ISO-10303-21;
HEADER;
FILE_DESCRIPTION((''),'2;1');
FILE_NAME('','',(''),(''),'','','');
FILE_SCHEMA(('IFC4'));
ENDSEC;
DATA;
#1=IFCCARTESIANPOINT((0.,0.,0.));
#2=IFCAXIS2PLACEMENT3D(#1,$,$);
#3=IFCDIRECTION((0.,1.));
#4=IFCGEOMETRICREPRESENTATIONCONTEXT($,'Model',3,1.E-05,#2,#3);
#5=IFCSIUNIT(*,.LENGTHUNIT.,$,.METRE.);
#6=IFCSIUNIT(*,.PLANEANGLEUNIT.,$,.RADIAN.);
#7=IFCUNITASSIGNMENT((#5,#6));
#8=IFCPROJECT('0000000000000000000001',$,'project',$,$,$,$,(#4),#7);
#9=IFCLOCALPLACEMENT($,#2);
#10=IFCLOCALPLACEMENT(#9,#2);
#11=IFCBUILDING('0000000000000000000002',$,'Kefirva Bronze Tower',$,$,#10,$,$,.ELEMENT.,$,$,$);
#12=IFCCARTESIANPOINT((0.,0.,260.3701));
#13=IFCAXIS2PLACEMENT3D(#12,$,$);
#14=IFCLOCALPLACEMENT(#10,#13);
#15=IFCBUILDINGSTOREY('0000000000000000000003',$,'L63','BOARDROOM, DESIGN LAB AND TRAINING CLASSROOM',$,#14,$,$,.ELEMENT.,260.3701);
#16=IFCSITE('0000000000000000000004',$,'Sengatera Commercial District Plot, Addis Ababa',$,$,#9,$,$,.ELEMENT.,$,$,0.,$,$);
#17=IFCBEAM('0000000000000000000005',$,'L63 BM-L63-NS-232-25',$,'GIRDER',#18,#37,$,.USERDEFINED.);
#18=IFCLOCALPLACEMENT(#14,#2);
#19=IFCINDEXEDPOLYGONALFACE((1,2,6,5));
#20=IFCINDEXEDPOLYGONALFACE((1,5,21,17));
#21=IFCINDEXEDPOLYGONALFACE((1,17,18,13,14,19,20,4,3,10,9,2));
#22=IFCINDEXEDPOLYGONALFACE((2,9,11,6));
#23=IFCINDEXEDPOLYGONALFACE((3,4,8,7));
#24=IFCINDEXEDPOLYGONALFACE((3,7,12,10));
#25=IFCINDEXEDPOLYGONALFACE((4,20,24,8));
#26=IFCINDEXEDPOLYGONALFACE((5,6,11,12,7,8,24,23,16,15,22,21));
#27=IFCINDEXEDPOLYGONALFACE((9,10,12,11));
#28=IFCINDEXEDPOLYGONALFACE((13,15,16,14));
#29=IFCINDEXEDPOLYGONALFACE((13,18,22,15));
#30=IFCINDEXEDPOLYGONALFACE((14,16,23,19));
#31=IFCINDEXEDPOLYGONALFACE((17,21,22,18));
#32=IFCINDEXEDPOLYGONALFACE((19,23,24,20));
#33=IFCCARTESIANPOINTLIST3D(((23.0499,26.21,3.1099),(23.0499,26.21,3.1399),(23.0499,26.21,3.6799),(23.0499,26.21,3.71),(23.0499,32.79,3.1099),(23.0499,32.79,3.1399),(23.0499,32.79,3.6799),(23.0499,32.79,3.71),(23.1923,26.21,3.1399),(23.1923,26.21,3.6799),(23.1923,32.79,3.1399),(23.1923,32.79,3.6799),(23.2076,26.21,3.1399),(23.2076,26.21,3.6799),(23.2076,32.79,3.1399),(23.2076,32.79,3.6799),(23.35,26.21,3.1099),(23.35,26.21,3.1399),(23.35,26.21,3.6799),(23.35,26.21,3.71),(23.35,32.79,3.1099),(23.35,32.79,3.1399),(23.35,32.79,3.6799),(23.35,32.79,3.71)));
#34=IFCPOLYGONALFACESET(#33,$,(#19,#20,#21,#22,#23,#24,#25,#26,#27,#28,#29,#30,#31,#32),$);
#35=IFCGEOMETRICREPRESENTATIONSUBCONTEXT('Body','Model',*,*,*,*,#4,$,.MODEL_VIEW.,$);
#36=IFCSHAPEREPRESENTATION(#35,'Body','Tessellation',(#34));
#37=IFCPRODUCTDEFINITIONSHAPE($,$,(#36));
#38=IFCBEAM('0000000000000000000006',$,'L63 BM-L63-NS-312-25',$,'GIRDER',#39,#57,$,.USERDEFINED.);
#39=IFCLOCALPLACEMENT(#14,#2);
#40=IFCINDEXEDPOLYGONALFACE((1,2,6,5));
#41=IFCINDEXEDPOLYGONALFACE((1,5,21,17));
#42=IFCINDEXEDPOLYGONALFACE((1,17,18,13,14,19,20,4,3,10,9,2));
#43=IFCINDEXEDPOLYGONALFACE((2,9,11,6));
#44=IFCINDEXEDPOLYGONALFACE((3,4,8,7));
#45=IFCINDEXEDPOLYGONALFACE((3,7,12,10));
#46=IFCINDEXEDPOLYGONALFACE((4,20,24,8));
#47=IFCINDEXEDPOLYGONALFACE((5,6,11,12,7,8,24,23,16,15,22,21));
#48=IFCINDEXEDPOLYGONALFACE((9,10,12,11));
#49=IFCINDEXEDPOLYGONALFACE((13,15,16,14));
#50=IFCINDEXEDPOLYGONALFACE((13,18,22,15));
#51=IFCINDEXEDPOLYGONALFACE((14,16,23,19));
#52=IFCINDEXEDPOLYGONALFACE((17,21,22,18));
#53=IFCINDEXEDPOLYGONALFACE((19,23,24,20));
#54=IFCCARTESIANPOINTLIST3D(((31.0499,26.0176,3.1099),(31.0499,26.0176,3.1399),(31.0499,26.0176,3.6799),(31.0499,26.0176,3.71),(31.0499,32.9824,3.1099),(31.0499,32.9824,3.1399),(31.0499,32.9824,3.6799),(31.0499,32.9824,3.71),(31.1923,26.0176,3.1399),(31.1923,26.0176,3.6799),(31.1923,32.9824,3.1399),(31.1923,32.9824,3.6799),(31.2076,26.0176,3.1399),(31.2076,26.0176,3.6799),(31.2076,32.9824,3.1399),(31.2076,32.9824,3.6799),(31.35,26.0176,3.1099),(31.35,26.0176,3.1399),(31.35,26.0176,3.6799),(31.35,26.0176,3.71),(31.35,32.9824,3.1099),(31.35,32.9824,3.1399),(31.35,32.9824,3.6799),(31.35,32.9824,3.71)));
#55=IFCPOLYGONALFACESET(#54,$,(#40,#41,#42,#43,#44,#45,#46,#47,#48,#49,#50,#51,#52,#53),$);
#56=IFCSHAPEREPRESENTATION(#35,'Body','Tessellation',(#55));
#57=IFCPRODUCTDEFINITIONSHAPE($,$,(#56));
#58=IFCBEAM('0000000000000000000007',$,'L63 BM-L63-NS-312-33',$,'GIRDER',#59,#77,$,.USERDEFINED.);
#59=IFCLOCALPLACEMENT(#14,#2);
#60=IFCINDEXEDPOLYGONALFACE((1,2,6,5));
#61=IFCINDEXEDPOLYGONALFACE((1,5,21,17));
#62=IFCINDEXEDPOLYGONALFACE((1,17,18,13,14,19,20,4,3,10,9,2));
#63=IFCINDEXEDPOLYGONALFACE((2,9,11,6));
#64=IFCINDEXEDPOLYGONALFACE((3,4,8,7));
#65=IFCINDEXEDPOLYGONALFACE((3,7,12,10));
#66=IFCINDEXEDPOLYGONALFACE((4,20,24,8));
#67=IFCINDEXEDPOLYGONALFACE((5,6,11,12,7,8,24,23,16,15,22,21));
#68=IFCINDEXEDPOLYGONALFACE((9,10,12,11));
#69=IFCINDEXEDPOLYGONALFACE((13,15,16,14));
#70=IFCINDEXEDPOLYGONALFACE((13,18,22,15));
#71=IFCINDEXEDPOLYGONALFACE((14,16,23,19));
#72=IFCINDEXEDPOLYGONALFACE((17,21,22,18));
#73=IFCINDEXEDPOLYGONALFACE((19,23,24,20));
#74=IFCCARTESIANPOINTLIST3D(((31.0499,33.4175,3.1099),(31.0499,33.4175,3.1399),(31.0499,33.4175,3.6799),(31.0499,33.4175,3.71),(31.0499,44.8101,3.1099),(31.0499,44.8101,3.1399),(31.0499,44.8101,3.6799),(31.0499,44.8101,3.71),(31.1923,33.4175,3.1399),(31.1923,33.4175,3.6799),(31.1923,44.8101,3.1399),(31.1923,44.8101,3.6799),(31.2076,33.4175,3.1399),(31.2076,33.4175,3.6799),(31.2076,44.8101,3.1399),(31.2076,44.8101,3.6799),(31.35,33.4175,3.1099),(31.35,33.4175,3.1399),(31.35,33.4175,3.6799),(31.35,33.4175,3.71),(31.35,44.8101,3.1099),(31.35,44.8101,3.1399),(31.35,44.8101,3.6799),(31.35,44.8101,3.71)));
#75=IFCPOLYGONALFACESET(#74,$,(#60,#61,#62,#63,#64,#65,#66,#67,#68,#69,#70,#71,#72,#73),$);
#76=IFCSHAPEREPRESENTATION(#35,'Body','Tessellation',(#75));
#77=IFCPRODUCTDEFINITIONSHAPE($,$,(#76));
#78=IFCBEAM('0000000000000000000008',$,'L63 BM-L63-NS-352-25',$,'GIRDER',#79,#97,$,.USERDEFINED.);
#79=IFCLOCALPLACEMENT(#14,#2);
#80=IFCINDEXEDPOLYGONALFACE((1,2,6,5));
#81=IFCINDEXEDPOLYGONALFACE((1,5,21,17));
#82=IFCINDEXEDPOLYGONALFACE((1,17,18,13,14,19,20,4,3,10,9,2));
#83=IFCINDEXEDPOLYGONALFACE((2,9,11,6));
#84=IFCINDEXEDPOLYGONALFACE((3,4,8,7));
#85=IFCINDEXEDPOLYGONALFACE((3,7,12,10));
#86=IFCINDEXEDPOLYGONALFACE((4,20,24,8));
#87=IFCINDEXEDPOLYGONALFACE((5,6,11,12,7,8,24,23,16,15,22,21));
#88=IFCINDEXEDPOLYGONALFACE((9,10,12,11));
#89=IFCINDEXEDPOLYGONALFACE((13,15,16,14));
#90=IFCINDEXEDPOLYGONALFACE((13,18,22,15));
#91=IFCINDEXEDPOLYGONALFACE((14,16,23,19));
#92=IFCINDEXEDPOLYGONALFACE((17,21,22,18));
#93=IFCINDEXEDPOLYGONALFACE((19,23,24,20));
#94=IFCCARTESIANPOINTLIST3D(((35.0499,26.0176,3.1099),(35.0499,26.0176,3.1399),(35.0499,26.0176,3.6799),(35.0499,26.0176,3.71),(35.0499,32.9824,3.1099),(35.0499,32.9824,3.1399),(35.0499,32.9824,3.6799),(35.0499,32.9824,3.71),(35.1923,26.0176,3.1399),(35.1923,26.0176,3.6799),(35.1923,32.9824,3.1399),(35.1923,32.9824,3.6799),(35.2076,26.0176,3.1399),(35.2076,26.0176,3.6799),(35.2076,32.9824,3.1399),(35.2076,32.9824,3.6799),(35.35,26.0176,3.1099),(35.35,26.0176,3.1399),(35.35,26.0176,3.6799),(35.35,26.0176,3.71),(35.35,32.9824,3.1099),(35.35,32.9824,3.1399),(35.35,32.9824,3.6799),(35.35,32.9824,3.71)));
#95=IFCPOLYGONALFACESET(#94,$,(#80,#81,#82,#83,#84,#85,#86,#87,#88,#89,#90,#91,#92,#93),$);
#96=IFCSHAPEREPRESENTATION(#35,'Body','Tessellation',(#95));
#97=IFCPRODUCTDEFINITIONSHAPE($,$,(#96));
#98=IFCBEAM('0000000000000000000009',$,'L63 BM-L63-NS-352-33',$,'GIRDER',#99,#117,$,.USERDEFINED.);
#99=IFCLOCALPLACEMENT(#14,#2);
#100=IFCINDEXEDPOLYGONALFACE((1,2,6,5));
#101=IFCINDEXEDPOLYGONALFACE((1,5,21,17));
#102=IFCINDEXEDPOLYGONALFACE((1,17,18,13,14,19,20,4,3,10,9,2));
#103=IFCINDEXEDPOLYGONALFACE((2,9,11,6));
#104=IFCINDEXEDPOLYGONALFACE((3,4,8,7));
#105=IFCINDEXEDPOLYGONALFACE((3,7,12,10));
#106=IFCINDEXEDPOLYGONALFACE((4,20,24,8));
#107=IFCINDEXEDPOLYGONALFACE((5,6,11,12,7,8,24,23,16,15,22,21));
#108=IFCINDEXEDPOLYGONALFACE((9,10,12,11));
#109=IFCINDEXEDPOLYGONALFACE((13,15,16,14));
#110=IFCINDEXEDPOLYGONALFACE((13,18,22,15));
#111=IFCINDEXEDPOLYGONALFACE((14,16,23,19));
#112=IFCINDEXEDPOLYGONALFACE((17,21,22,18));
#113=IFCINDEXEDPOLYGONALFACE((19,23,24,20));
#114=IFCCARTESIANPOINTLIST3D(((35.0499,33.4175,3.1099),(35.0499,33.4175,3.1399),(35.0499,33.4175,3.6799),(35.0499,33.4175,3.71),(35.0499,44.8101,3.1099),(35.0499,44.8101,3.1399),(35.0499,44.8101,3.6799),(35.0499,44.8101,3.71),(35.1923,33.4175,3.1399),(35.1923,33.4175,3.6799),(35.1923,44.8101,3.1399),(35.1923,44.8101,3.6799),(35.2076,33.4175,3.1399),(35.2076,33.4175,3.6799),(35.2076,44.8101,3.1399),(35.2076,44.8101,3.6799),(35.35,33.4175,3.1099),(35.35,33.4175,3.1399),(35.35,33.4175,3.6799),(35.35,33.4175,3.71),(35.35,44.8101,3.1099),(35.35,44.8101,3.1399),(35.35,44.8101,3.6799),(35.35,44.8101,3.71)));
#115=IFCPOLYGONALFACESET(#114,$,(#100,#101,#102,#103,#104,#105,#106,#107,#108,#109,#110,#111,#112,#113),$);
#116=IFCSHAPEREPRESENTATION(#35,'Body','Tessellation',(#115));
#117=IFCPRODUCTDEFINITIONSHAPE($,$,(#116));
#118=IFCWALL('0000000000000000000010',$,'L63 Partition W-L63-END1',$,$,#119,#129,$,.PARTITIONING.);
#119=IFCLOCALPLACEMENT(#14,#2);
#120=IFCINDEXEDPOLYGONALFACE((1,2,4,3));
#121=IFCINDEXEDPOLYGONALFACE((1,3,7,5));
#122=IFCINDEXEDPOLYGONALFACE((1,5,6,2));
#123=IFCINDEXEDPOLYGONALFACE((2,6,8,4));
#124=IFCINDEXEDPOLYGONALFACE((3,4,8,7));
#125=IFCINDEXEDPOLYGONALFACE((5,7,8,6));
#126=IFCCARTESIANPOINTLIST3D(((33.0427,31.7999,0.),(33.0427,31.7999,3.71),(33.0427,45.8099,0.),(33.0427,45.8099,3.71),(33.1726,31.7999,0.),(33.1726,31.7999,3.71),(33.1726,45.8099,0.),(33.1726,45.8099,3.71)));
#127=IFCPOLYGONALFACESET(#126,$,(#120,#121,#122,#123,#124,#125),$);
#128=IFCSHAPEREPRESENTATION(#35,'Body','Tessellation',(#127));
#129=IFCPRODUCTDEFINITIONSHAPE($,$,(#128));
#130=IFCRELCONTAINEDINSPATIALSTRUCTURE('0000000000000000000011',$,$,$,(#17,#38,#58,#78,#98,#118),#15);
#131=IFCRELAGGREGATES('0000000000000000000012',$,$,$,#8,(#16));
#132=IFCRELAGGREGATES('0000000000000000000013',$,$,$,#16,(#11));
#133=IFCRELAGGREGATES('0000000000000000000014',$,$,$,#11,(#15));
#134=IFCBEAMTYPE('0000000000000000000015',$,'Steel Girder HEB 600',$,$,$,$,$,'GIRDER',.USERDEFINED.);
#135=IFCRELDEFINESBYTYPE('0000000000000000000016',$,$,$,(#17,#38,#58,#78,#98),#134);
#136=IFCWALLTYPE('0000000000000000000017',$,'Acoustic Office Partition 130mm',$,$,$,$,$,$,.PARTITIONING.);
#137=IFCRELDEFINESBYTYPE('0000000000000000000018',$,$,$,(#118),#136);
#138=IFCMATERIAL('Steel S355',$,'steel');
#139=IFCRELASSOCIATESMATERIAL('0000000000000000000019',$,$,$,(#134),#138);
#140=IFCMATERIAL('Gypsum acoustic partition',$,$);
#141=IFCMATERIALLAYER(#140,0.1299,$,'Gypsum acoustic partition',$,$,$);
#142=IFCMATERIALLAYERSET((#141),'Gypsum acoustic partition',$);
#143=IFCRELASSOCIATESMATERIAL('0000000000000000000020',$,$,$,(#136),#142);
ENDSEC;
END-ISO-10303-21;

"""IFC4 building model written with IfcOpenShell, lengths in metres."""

from ifc_helpers import new_model, si_unit, direction, frame, frame_2d, origin, origin_2d, place, context, subcontext, project, spatial, rectangle, i_section, extrude, material, layer, layer_set, material_profile, profile_set, type_object, element, save


model = new_model("IFC4")

# Units and contexts
model_context = context("Model", 3, precision=1e-05, world=origin(), true_north=direction((0.0, 1.0)))
body_context = subcontext(model_context, "Body", "Model", "MODEL_VIEW")
ifc_project = project(units=[si_unit("LENGTHUNIT", "METRE"), si_unit("PLANEANGLEUNIT", "RADIAN")], contexts=[model_context])

# Site, building, storey
site_placement = place(None, origin())
site = spatial("IfcSite", under=ifc_project, at=site_placement, Name="Sengatera Commercial District Plot, Addis Ababa", CompositionType="ELEMENT", RefElevation=0.0)
building_placement = place(site_placement, origin())
building = spatial("IfcBuilding", under=site, at=building_placement, Name="Kefirva Bronze Tower", CompositionType="ELEMENT")
storey_placement = place(building_placement, frame((0.0, 0.0, 260.3701)))
storey = spatial("IfcBuildingStorey", under=building, at=storey_placement, Name="L63", Description="BOARDROOM, DESIGN LAB AND TRAINING CLASSROOM", CompositionType="ELEMENT", Elevation=260.3701)

# Beams
ifc_material_1 = material(Name="Steel S355", Category="steel")
ifc_material_profile_1 = material_profile(ifc_material_1, i_section(OverallWidth=0.3, OverallDepth=0.6001, WebThickness=0.0154, FlangeThickness=0.03, at=origin_2d()), Name="HEB 600")
ifc_profile_set_1 = profile_set([ifc_material_profile_1], Name="Steel S355")
beam_type_1 = type_object("IfcBeamType", Name="Steel Girder HEB 600", ElementType="GIRDER", PredefinedType="USERDEFINED", material=ifc_profile_set_1)
beam_1_placement = place(storey_placement, frame((23.2, 26.21, 3.4099), z_axis=(0.0, 1.0, 0.0), x_axis=(-1.0, 0.0, 0.0)))
element("IfcBeam", 1, at=beam_1_placement, inside=storey, type_object=beam_type_1, Name="L63 BM-L63-NS-232-25", ObjectType="GIRDER", PredefinedType="USERDEFINED", context=body_context, shape_type="SweptSolid", body=[
    extrude(i_section(OverallWidth=0.3, OverallDepth=0.6001, WebThickness=0.0154, FlangeThickness=0.03, at=origin_2d()), origin(), (0.0, 0.0, 1.0), 6.5801),
])
beam_2_placement = place(storey_placement, frame((31.2, 26.0176, 3.4099), z_axis=(0.0, 1.0, 0.0), x_axis=(-1.0, 0.0, 0.0)))
element("IfcBeam", 2, at=beam_2_placement, inside=storey, type_object=beam_type_1, Name="L63 BM-L63-NS-312-25", ObjectType="GIRDER", PredefinedType="USERDEFINED", context=body_context, shape_type="SweptSolid", body=[
    extrude(i_section(OverallWidth=0.3, OverallDepth=0.6001, WebThickness=0.0154, FlangeThickness=0.03, at=origin_2d()), origin(), (0.0, 0.0, 1.0), 6.9648),
])
beam_3_placement = place(storey_placement, frame((31.2, 33.4175, 3.4099), z_axis=(0.0, 1.0, 0.0), x_axis=(-1.0, 0.0, 0.0)))
element("IfcBeam", 3, at=beam_3_placement, inside=storey, type_object=beam_type_1, Name="L63 BM-L63-NS-312-33", ObjectType="GIRDER", PredefinedType="USERDEFINED", context=body_context, shape_type="SweptSolid", body=[
    extrude(i_section(OverallWidth=0.3, OverallDepth=0.6001, WebThickness=0.0154, FlangeThickness=0.03, at=origin_2d()), origin(), (0.0, 0.0, 1.0), 11.3926),
])
beam_4_placement = place(storey_placement, frame((35.2, 26.0176, 3.4099), z_axis=(0.0, 1.0, 0.0), x_axis=(-1.0, 0.0, 0.0)))
element("IfcBeam", 4, at=beam_4_placement, inside=storey, type_object=beam_type_1, Name="L63 BM-L63-NS-352-25", ObjectType="GIRDER", PredefinedType="USERDEFINED", context=body_context, shape_type="SweptSolid", body=[
    extrude(i_section(OverallWidth=0.3, OverallDepth=0.6001, WebThickness=0.0154, FlangeThickness=0.03, at=origin_2d()), origin(), (0.0, 0.0, 1.0), 6.9648),
])
beam_5_placement = place(storey_placement, frame((35.2, 33.4175, 3.4099), z_axis=(0.0, 1.0, 0.0), x_axis=(-1.0, 0.0, 0.0)))
element("IfcBeam", 5, at=beam_5_placement, inside=storey, type_object=beam_type_1, Name="L63 BM-L63-NS-352-33", ObjectType="GIRDER", PredefinedType="USERDEFINED", context=body_context, shape_type="SweptSolid", body=[
    extrude(i_section(OverallWidth=0.3, OverallDepth=0.6001, WebThickness=0.0154, FlangeThickness=0.03, at=origin_2d()), origin(), (0.0, 0.0, 1.0), 11.3926),
])

# Wall
ifc_material_2 = material(Name="Gypsum acoustic partition")
ifc_layer_1 = layer(ifc_material_2, 0.1299, Name="Gypsum acoustic partition")
ifc_layer_set_1 = layer_set([ifc_layer_1], Name="Gypsum acoustic partition")
wall_type_1 = type_object("IfcWallType", Name="Acoustic Office Partition 130mm", PredefinedType="PARTITIONING", material=ifc_layer_set_1)
wall_1_placement = place(storey_placement, frame((33.1077, 31.8, 0.0), z_axis=(0.0, 0.0, 1.0), x_axis=(0.0, 1.0, 0.0)))
element("IfcWall", 6, at=wall_1_placement, inside=storey, type_object=wall_type_1, Name="L63 Partition W-L63-END1", PredefinedType="PARTITIONING", context=body_context, shape_type="SweptSolid", body=[
    extrude(rectangle(XDim=14.01, YDim=0.1299, at=frame_2d((7.0049, 0.0))), origin(), (0.0, 0.0, 1.0), 3.71),
])

save(model, "model.ifc")
